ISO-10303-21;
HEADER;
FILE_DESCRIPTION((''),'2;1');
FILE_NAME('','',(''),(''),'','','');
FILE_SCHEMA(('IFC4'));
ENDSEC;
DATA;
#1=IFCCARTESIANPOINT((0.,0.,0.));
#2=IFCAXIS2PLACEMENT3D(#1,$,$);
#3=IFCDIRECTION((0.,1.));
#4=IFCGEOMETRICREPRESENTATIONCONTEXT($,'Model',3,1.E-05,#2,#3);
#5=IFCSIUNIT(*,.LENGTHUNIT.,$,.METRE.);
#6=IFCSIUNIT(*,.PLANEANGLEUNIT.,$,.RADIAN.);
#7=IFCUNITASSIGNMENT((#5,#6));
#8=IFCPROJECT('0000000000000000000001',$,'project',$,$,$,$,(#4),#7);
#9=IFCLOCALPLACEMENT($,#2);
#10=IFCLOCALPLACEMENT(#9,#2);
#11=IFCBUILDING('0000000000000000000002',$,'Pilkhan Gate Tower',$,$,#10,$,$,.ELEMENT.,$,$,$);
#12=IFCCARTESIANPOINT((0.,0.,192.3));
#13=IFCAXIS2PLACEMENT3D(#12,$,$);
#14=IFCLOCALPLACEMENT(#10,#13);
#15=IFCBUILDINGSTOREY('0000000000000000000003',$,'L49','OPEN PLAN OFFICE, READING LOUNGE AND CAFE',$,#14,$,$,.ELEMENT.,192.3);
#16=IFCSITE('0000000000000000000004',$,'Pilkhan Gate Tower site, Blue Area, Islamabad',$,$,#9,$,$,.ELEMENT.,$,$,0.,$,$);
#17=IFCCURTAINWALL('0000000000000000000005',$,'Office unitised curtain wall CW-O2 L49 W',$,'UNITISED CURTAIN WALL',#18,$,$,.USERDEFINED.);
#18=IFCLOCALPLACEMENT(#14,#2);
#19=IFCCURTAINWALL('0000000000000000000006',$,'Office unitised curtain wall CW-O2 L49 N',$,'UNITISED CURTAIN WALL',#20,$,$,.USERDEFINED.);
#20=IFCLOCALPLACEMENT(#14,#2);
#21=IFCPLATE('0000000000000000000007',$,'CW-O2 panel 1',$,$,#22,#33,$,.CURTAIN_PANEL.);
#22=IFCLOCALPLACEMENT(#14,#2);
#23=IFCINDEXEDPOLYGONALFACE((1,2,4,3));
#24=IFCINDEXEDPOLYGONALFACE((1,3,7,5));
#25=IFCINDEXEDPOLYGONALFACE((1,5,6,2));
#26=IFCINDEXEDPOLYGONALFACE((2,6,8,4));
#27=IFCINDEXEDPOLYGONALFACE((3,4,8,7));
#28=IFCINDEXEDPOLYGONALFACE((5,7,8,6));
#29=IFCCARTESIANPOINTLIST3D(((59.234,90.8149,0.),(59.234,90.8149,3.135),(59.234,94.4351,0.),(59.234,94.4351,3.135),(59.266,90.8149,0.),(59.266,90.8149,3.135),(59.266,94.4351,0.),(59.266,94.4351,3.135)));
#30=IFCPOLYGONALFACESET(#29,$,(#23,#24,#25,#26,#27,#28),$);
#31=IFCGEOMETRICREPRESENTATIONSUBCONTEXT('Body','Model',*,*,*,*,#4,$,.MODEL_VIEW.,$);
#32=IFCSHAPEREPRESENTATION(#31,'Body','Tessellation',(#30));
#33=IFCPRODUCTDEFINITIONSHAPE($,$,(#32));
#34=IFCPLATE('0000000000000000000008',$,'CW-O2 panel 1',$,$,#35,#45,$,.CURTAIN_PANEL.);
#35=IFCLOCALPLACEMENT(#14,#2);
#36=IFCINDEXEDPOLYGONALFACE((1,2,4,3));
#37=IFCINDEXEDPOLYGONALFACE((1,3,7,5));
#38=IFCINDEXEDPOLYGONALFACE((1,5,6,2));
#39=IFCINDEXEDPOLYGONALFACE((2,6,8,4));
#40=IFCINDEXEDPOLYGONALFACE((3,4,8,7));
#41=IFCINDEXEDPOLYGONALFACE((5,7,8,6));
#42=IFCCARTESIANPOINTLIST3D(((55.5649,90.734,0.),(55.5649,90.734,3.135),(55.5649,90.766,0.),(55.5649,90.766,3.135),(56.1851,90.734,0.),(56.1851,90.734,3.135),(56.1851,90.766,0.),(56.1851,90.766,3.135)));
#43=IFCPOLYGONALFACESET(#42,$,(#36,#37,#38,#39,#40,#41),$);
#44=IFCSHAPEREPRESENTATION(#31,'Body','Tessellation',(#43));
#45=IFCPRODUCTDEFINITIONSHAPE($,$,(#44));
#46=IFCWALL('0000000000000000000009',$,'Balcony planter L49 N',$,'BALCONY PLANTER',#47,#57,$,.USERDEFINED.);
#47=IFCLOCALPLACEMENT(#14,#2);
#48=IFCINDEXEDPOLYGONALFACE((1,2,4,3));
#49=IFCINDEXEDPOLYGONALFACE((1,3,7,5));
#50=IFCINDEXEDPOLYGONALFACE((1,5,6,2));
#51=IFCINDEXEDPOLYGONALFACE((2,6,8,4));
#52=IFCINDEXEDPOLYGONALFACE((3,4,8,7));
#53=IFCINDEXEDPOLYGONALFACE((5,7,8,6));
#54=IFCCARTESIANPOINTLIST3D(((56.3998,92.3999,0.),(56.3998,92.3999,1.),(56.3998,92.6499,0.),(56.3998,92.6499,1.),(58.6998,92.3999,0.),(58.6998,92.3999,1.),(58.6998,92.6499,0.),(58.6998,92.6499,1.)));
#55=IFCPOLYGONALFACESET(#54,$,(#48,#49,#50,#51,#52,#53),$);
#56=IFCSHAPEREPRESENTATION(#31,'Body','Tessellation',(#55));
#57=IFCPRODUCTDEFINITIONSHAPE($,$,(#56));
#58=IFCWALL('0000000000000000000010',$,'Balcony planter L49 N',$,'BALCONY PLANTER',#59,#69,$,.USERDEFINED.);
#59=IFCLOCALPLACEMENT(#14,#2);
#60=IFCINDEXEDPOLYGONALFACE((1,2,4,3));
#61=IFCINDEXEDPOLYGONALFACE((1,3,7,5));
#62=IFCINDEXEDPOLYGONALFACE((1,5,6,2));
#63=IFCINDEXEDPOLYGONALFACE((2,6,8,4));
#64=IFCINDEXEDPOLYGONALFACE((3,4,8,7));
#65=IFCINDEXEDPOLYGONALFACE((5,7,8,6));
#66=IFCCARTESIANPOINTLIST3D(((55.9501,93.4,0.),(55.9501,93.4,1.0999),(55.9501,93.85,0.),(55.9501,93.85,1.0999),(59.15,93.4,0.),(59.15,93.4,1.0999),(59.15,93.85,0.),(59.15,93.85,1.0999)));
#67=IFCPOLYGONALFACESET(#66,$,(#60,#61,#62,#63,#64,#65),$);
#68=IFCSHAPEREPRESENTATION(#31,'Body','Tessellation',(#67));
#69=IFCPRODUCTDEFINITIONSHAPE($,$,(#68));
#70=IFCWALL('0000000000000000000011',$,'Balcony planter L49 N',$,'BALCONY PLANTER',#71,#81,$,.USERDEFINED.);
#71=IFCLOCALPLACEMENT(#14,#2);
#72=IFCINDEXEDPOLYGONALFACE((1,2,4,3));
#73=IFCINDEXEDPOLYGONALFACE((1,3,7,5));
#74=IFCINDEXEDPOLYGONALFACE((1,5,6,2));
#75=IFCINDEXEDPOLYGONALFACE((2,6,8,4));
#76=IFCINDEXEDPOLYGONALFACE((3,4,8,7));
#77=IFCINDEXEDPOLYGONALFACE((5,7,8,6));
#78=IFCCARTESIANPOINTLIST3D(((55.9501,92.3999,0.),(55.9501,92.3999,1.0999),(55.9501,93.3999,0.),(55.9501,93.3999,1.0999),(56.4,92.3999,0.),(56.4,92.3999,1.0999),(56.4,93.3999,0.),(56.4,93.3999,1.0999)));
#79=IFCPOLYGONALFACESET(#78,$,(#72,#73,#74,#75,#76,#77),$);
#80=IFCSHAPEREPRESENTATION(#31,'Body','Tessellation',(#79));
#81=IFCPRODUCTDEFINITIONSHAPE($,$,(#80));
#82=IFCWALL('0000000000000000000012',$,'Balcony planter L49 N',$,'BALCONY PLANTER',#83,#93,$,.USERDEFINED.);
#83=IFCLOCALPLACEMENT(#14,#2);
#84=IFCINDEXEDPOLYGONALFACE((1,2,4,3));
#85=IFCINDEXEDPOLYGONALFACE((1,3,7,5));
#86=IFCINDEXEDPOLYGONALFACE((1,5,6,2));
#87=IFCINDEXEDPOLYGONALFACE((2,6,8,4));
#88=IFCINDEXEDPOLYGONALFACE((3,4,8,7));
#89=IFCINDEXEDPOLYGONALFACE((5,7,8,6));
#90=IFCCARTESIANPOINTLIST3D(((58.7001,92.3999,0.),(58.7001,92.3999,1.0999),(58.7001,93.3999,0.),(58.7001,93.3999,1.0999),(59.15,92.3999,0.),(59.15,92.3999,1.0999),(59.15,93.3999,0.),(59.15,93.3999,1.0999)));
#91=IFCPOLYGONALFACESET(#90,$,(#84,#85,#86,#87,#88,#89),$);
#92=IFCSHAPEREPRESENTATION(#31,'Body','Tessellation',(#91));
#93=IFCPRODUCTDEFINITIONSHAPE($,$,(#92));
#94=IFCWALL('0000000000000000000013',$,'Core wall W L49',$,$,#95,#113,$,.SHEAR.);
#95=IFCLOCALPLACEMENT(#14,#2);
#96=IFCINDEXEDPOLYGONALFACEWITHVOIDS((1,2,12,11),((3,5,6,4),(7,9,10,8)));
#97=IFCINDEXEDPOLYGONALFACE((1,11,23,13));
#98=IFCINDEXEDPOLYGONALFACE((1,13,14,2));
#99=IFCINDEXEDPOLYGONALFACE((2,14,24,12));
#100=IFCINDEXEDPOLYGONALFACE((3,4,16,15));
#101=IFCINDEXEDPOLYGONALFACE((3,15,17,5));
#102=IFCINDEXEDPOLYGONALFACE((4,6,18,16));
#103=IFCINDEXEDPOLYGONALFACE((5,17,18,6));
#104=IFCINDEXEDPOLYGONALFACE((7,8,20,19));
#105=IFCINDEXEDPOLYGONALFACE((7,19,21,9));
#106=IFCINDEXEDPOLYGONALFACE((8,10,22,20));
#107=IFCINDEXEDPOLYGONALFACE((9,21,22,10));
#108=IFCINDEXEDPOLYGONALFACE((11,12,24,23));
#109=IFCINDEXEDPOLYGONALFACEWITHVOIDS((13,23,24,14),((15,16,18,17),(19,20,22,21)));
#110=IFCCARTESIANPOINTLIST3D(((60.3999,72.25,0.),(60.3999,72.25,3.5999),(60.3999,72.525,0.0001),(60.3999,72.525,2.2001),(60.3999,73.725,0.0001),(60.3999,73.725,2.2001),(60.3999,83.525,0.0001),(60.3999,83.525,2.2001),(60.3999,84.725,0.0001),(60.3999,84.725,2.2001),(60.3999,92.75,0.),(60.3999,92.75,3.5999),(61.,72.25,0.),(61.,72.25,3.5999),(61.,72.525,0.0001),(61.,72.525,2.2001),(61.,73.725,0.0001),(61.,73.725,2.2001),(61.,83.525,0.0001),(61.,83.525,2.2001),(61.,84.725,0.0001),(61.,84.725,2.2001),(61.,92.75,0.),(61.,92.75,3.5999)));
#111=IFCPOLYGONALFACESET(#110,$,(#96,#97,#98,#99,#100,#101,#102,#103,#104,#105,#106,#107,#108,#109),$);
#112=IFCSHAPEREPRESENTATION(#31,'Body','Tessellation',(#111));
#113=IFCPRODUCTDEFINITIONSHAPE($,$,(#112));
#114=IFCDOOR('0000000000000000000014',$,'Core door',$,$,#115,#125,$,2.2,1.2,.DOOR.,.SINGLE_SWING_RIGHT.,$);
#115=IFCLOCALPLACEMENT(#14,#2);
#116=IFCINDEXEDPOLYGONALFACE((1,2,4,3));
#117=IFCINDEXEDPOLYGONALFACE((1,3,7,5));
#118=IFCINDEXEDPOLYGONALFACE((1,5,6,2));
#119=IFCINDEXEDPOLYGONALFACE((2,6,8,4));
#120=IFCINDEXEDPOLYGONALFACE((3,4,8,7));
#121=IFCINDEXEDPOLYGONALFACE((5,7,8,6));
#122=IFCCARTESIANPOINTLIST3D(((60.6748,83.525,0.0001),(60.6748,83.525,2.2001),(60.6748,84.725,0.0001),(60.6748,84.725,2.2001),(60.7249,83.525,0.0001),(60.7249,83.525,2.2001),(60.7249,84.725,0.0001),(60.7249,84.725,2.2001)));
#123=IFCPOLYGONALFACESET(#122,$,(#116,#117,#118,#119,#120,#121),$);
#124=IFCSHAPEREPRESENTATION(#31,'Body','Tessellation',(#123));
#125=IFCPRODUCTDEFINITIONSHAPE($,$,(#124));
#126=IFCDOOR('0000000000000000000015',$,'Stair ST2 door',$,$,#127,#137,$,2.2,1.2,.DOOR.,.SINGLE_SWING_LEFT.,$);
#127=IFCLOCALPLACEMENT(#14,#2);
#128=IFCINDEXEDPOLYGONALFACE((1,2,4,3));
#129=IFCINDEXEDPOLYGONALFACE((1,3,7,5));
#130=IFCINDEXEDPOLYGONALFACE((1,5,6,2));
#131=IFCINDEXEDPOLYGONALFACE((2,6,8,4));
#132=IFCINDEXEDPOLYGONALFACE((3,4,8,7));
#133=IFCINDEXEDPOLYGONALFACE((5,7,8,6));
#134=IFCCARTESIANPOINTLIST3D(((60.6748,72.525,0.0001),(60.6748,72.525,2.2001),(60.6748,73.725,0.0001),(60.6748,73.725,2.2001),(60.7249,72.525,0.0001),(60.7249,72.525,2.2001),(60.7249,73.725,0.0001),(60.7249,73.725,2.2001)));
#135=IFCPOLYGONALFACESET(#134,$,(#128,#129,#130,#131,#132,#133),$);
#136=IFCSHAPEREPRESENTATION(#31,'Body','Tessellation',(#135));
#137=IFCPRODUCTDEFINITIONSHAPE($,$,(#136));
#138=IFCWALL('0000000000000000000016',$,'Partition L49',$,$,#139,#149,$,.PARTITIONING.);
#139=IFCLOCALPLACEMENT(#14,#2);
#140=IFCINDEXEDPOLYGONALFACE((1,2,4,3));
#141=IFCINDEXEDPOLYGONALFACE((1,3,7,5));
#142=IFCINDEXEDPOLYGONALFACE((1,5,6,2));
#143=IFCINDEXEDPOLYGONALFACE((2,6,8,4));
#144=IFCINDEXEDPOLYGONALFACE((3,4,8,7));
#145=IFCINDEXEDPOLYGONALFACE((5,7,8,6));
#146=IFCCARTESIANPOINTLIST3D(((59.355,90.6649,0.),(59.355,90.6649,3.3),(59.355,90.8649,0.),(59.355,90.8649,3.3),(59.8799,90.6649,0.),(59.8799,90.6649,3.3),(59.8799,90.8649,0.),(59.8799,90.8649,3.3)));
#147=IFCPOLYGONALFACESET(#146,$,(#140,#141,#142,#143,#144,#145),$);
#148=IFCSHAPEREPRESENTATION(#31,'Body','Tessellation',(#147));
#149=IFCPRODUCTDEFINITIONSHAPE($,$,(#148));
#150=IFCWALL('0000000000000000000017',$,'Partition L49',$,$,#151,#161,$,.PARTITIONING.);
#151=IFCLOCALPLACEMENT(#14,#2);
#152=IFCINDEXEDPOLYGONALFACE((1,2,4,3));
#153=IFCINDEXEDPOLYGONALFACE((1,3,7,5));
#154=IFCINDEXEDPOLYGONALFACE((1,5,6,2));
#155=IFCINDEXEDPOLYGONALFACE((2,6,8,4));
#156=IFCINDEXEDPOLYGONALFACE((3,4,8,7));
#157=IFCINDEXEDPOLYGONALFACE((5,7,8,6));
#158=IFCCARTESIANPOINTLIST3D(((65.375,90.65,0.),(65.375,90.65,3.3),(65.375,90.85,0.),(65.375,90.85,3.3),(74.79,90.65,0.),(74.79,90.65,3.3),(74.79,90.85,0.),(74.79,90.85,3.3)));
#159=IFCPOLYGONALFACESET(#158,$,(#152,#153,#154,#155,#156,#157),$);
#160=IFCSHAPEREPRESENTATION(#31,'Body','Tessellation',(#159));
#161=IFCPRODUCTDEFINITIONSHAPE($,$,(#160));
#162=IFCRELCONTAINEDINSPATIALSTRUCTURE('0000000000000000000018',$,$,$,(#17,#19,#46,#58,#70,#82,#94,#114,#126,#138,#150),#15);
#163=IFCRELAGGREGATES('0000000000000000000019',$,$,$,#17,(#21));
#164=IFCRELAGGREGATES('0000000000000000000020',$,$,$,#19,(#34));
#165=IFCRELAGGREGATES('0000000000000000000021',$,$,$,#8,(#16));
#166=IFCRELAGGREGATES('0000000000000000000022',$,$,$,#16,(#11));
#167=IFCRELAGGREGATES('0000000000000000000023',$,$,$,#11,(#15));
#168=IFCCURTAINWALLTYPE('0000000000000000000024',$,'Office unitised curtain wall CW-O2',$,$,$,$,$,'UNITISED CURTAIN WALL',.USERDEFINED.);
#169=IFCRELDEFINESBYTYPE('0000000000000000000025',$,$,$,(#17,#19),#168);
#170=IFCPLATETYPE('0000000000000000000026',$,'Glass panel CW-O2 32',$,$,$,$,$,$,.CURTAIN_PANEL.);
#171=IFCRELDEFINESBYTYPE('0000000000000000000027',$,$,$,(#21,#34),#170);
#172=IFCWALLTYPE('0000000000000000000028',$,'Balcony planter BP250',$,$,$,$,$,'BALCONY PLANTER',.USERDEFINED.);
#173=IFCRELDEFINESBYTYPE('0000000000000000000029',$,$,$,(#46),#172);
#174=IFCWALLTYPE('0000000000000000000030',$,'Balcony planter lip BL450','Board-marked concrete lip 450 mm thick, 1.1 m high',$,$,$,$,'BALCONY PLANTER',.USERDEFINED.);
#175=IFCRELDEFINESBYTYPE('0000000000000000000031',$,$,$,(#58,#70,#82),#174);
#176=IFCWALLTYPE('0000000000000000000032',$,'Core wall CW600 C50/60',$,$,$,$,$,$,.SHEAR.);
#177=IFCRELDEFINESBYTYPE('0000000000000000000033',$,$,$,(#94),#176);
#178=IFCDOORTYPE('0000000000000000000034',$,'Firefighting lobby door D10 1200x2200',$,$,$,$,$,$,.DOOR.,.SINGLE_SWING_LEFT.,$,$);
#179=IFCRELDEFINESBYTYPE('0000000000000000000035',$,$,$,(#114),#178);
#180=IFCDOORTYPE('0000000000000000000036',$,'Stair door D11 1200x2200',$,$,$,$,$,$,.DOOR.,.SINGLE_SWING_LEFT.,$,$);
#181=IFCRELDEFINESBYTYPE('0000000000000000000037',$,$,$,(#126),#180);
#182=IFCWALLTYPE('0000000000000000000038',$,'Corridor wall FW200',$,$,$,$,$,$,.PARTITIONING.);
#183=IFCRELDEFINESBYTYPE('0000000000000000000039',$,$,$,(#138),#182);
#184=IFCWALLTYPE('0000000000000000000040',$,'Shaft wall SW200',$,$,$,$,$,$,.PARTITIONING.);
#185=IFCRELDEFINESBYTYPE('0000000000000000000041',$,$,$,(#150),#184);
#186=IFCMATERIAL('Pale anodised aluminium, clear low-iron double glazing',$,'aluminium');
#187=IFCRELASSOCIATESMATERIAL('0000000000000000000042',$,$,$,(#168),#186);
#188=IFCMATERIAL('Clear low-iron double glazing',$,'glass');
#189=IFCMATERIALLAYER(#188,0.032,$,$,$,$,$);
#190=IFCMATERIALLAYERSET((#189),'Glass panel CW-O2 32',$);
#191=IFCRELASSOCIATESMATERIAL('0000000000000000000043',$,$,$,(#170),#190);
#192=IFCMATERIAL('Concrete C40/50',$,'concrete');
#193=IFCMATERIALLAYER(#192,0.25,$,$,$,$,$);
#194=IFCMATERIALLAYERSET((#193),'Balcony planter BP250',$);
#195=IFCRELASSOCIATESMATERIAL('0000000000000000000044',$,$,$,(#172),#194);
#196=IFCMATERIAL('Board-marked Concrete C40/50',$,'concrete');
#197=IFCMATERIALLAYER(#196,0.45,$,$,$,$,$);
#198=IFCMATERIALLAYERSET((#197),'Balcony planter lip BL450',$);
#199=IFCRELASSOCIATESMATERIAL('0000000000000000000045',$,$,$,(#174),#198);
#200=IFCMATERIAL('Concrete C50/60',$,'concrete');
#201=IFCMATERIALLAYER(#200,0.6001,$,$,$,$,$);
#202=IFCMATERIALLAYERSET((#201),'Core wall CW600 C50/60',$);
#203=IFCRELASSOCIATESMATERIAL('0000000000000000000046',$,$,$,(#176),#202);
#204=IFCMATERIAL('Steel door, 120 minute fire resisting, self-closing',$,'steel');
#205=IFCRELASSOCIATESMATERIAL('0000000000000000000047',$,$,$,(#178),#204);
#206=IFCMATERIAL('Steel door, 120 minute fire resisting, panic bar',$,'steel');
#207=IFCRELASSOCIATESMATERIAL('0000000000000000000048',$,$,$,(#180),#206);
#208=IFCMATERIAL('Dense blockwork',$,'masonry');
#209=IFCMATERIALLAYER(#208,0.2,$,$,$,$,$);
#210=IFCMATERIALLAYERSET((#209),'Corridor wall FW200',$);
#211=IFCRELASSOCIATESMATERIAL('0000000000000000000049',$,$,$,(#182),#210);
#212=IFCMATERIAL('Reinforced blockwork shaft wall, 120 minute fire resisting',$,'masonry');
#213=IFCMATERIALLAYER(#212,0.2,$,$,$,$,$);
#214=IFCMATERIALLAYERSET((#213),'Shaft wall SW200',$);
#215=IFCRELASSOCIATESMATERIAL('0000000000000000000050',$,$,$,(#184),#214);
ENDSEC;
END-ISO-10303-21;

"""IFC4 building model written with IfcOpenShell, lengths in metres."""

from ifc_helpers import new_model, si_unit, direction, frame, frame_2d, origin, origin_2d, place, context, subcontext, project, spatial, rectangle, extrude, material, layer, layer_set, type_object, element, fill, aggregate, save


model = new_model("IFC4")

# Units and contexts
model_context = context("Model", 3, precision=1e-05, world=origin(), true_north=direction((0.0, 1.0)))
body_context = subcontext(model_context, "Body", "Model", "MODEL_VIEW")
ifc_project = project(units=[si_unit("LENGTHUNIT", "METRE"), si_unit("PLANEANGLEUNIT", "RADIAN")], contexts=[model_context])

# Site, building, storey
site_placement = place(None, origin())
site = spatial("IfcSite", under=ifc_project, at=site_placement, Name="Pilkhan Gate Tower site, Blue Area, Islamabad", CompositionType="ELEMENT", RefElevation=0.0)
building_placement = place(site_placement, origin())
building = spatial("IfcBuilding", under=site, at=building_placement, Name="Pilkhan Gate Tower", CompositionType="ELEMENT")
storey_placement = place(building_placement, frame((0.0, 0.0, 192.3)))
storey = spatial("IfcBuildingStorey", under=building, at=storey_placement, Name="L49", Description="OPEN PLAN OFFICE, READING LOUNGE AND CAFE", CompositionType="ELEMENT", Elevation=192.3)

# Shared definitions
ifc_material_1 = material(Name="Concrete C50/60", Category="concrete")

# Curtain walls
ifc_material_2 = material(Name="Pale anodised aluminium, clear low-iron double glazing", Category="aluminium")
curtain_wall_type = type_object("IfcCurtainWallType", Name="Office unitised curtain wall CW-O2", ElementType="UNITISED CURTAIN WALL", PredefinedType="USERDEFINED", material=ifc_material_2)
curtain_wall_1_placement = place(storey_placement, origin())
curtain_wall_1 = element("IfcCurtainWall", 1, at=curtain_wall_1_placement, inside=storey, type_object=curtain_wall_type, Name="Office unitised curtain wall CW-O2 L49 W", ObjectType="UNITISED CURTAIN WALL", PredefinedType="USERDEFINED")
curtain_wall_2_placement = place(storey_placement, origin())
curtain_wall_2 = element("IfcCurtainWall", 2, at=curtain_wall_2_placement, inside=storey, type_object=curtain_wall_type, Name="Office unitised curtain wall CW-O2 L49 N", ObjectType="UNITISED CURTAIN WALL", PredefinedType="USERDEFINED")

# Plates
ifc_material_3 = material(Name="Clear low-iron double glazing", Category="glass")
ifc_layer_1 = layer(ifc_material_3, 0.032)
ifc_layer_set_1 = layer_set([ifc_layer_1], Name="Glass panel CW-O2 32")
plate_type = type_object("IfcPlateType", Name="Glass panel CW-O2 32", PredefinedType="CURTAIN_PANEL", material=ifc_layer_set_1)
plate_1_placement = place(storey_placement, frame((59.25, 92.625, 0.0), z_axis=(0.0, 0.0, 1.0), x_axis=(0.0, 1.0, 0.0)))
plate_1 = element("IfcPlate", 3, at=plate_1_placement, type_object=plate_type, Name="CW-O2 panel 1", PredefinedType="CURTAIN_PANEL", context=body_context, shape_type="SweptSolid", body=[
    extrude(rectangle(XDim=3.6201, YDim=0.032, at=origin_2d()), origin(), (0.0, 0.0, 1.0), 3.135),
])
aggregate(curtain_wall_1, [plate_1])
plate_2_placement = place(storey_placement, frame((55.875, 90.75, 0.0), z_axis=(0.0, 0.0, 1.0), x_axis=(1.0, 0.0, 0.0)))
plate_2 = element("IfcPlate", 4, at=plate_2_placement, type_object=plate_type, Name="CW-O2 panel 1", PredefinedType="CURTAIN_PANEL", context=body_context, shape_type="SweptSolid", body=[
    extrude(rectangle(XDim=0.6201, YDim=0.032, at=origin_2d()), origin(), (0.0, 0.0, 1.0), 3.135),
])
aggregate(curtain_wall_2, [plate_2])

# Walls
ifc_material_4 = material(Name="Concrete C40/50", Category="concrete")
ifc_layer_2 = layer(ifc_material_4, 0.25)
ifc_layer_set_2 = layer_set([ifc_layer_2], Name="Balcony planter BP250")
wall_type_1 = type_object("IfcWallType", Name="Balcony planter BP250", ElementType="BALCONY PLANTER", PredefinedType="USERDEFINED", material=ifc_layer_set_2)
wall_1_placement = place(storey_placement, frame((56.3999, 92.5249, 0.0), z_axis=(0.0, 0.0, 1.0), x_axis=(1.0, 0.0, 0.0)))
element("IfcWall", 5, at=wall_1_placement, inside=storey, type_object=wall_type_1, Name="Balcony planter L49 N", ObjectType="BALCONY PLANTER", PredefinedType="USERDEFINED", context=body_context, shape_type="SweptSolid", body=[
    extrude(rectangle(XDim=2.3, YDim=0.25, at=frame_2d((1.1499, 0.0))), origin(), (0.0, 0.0, 1.0), 1.0),
])
ifc_material_5 = material(Name="Board-marked Concrete C40/50", Category="concrete")
ifc_layer_3 = layer(ifc_material_5, 0.45)
ifc_layer_set_3 = layer_set([ifc_layer_3], Name="Balcony planter lip BL450")
wall_type_2 = type_object("IfcWallType", Name="Balcony planter lip BL450", Description="Board-marked concrete lip 450 mm thick, 1.1 m high", ElementType="BALCONY PLANTER", PredefinedType="USERDEFINED", material=ifc_layer_set_3)
wall_2_placement = place(storey_placement, frame((55.95, 93.625, 0.0), z_axis=(0.0, 0.0, 1.0), x_axis=(1.0, 0.0, 0.0)))
element("IfcWall", 6, at=wall_2_placement, inside=storey, type_object=wall_type_2, Name="Balcony planter L49 N", ObjectType="BALCONY PLANTER", PredefinedType="USERDEFINED", context=body_context, shape_type="SweptSolid", body=[
    extrude(rectangle(XDim=3.2, YDim=0.45, at=frame_2d((1.6001, 0.0))), origin(), (0.0, 0.0, 1.0), 1.0999),
])
for number, where, z_axis, x_axis, name in (
    (7, (56.175, 92.3999, 0.0), (0.0, 0.0, 1.0), (0.0, 1.0, 0.0), "Balcony planter L49 N"),
    (8, (58.925, 92.3999, 0.0), (0.0, 0.0, 1.0), (0.0, 1.0, 0.0), "Balcony planter L49 N"),
):
    element("IfcWall", number, at=place(storey_placement, frame(where, z_axis=z_axis, x_axis=x_axis)), inside=storey, type_object=wall_type_2, Name=name, ObjectType="BALCONY PLANTER", PredefinedType="USERDEFINED", context=body_context, shape_type="SweptSolid", body=[
        extrude(rectangle(XDim=1.0, YDim=0.45, at=frame_2d((0.5, 0.0))), origin(), (0.0, 0.0, 1.0), 1.0999),
    ])

# Wall, openings, doors
ifc_layer_4 = layer(ifc_material_1, 0.6001)
ifc_layer_set_4 = layer_set([ifc_layer_4], Name="Core wall CW600 C50/60")
wall_type_3 = type_object("IfcWallType", Name="Core wall CW600 C50/60", PredefinedType="SHEAR", material=ifc_layer_set_4)
wall_3_placement = place(storey_placement, frame((60.7, 92.75, 0.0), z_axis=(0.0, 0.0, 1.0), x_axis=(0.0, -1.0, 0.0)))
wall_3 = element("IfcWall", 9, at=wall_3_placement, inside=storey, type_object=wall_type_3, Name="Core wall W L49", PredefinedType="SHEAR", context=body_context, shape_type="SweptSolid", body=[
    extrude(rectangle(XDim=20.5, YDim=0.6001, at=frame_2d((10.25, 0.0))), origin(), (0.0, 0.0, 1.0), 3.5999),
])
opening_1_placement = place(wall_3_placement, frame((19.0249, 0.0, 0.0)))
opening_1 = element("IfcOpeningElement", 10, at=opening_1_placement, cuts=wall_3, PredefinedType="OPENING", context=body_context, shape_type="SweptSolid", body=[
    extrude(rectangle(XDim=1.2, YDim=2.2, at=frame_2d((0.6001, 1.1001))), frame((0.0, 0.3101, 0.0), z_axis=(0.0, -1.0, 0.0), x_axis=(1.0, 0.0, 0.0)), (0.0, 0.0, 1.0), 0.6201),
])
opening_2_placement = place(wall_3_placement, frame((8.0249, 0.0, 0.0)))
opening_2 = element("IfcOpeningElement", 11, at=opening_2_placement, cuts=wall_3, PredefinedType="OPENING", context=body_context, shape_type="SweptSolid", body=[
    extrude(rectangle(XDim=1.2, YDim=2.2, at=frame_2d((0.6001, 1.1001))), frame((0.0, 0.3101, 0.0), z_axis=(0.0, -1.0, 0.0), x_axis=(1.0, 0.0, 0.0)), (0.0, 0.0, 1.0), 0.6201),
])
ifc_material_6 = material(Name="Steel door, 120 minute fire resisting, self-closing", Category="steel")
door_type_1 = type_object("IfcDoorType", Name="Firefighting lobby door D10 1200x2200", OperationType="SINGLE_SWING_LEFT", PredefinedType="DOOR", material=ifc_material_6)
door_1_placement = place(opening_2_placement, origin())
door_1 = element("IfcDoor", 12, at=door_1_placement, inside=storey, type_object=door_type_1, Name="Core door", OperationType="SINGLE_SWING_RIGHT", OverallHeight=2.2, OverallWidth=1.2, PredefinedType="DOOR", context=body_context, shape_type="SweptSolid", body=[
    extrude(rectangle(XDim=1.2, YDim=2.2, at=frame_2d((0.6001, 1.1001))), frame((0.0, 0.0249, 0.0), z_axis=(0.0, -1.0, 0.0), x_axis=(1.0, 0.0, 0.0)), (0.0, 0.0, 1.0), 0.05),
])
fill(opening_2, door_1)
ifc_material_7 = material(Name="Steel door, 120 minute fire resisting, panic bar", Category="steel")
door_type_2 = type_object("IfcDoorType", Name="Stair door D11 1200x2200", OperationType="SINGLE_SWING_LEFT", PredefinedType="DOOR", material=ifc_material_7)
door_2_placement = place(opening_1_placement, origin())
door_2 = element("IfcDoor", 13, at=door_2_placement, inside=storey, type_object=door_type_2, Name="Stair ST2 door", OperationType="SINGLE_SWING_LEFT", OverallHeight=2.2, OverallWidth=1.2, PredefinedType="DOOR", context=body_context, shape_type="SweptSolid", body=[
    extrude(rectangle(XDim=1.2, YDim=2.2, at=frame_2d((0.6001, 1.1001))), frame((0.0, 0.0249, 0.0), z_axis=(0.0, -1.0, 0.0), x_axis=(1.0, 0.0, 0.0)), (0.0, 0.0, 1.0), 0.05),
])
fill(opening_1, door_2)

# Wall
ifc_material_8 = material(Name="Dense blockwork", Category="masonry")
ifc_layer_5 = layer(ifc_material_8, 0.2)
ifc_layer_set_5 = layer_set([ifc_layer_5], Name="Corridor wall FW200")
wall_type_4 = type_object("IfcWallType", Name="Corridor wall FW200", PredefinedType="PARTITIONING", material=ifc_layer_set_5)
wall_4_placement = place(storey_placement, frame((59.355, 90.7649, 0.0), z_axis=(0.0, 0.0, 1.0), x_axis=(1.0, 0.0, 0.0)))
element("IfcWall", 14, at=wall_4_placement, inside=storey, type_object=wall_type_4, Name="Partition L49", PredefinedType="PARTITIONING", context=body_context, shape_type="SweptSolid", body=[
    extrude(rectangle(XDim=0.5249, YDim=0.2, at=frame_2d((0.2625, 0.0))), origin(), (0.0, 0.0, 1.0), 3.3),
])

# Wall
ifc_material_9 = material(Name="Reinforced blockwork shaft wall, 120 minute fire resisting", Category="masonry")
ifc_layer_6 = layer(ifc_material_9, 0.2)
ifc_layer_set_6 = layer_set([ifc_layer_6], Name="Shaft wall SW200")
wall_type_5 = type_object("IfcWallType", Name="Shaft wall SW200", PredefinedType="PARTITIONING", material=ifc_layer_set_6)
wall_5_placement = place(storey_placement, frame((65.375, 90.75, 0.0), z_axis=(0.0, 0.0, 1.0), x_axis=(1.0, 0.0, 0.0)))
element("IfcWall", 15, at=wall_5_placement, inside=storey, type_object=wall_type_5, Name="Partition L49", PredefinedType="PARTITIONING", context=body_context, shape_type="SweptSolid", body=[
    extrude(rectangle(XDim=9.415, YDim=0.2, at=frame_2d((4.7075, 0.0))), origin(), (0.0, 0.0, 1.0), 3.3),
])

save(model, "model.ifc")
